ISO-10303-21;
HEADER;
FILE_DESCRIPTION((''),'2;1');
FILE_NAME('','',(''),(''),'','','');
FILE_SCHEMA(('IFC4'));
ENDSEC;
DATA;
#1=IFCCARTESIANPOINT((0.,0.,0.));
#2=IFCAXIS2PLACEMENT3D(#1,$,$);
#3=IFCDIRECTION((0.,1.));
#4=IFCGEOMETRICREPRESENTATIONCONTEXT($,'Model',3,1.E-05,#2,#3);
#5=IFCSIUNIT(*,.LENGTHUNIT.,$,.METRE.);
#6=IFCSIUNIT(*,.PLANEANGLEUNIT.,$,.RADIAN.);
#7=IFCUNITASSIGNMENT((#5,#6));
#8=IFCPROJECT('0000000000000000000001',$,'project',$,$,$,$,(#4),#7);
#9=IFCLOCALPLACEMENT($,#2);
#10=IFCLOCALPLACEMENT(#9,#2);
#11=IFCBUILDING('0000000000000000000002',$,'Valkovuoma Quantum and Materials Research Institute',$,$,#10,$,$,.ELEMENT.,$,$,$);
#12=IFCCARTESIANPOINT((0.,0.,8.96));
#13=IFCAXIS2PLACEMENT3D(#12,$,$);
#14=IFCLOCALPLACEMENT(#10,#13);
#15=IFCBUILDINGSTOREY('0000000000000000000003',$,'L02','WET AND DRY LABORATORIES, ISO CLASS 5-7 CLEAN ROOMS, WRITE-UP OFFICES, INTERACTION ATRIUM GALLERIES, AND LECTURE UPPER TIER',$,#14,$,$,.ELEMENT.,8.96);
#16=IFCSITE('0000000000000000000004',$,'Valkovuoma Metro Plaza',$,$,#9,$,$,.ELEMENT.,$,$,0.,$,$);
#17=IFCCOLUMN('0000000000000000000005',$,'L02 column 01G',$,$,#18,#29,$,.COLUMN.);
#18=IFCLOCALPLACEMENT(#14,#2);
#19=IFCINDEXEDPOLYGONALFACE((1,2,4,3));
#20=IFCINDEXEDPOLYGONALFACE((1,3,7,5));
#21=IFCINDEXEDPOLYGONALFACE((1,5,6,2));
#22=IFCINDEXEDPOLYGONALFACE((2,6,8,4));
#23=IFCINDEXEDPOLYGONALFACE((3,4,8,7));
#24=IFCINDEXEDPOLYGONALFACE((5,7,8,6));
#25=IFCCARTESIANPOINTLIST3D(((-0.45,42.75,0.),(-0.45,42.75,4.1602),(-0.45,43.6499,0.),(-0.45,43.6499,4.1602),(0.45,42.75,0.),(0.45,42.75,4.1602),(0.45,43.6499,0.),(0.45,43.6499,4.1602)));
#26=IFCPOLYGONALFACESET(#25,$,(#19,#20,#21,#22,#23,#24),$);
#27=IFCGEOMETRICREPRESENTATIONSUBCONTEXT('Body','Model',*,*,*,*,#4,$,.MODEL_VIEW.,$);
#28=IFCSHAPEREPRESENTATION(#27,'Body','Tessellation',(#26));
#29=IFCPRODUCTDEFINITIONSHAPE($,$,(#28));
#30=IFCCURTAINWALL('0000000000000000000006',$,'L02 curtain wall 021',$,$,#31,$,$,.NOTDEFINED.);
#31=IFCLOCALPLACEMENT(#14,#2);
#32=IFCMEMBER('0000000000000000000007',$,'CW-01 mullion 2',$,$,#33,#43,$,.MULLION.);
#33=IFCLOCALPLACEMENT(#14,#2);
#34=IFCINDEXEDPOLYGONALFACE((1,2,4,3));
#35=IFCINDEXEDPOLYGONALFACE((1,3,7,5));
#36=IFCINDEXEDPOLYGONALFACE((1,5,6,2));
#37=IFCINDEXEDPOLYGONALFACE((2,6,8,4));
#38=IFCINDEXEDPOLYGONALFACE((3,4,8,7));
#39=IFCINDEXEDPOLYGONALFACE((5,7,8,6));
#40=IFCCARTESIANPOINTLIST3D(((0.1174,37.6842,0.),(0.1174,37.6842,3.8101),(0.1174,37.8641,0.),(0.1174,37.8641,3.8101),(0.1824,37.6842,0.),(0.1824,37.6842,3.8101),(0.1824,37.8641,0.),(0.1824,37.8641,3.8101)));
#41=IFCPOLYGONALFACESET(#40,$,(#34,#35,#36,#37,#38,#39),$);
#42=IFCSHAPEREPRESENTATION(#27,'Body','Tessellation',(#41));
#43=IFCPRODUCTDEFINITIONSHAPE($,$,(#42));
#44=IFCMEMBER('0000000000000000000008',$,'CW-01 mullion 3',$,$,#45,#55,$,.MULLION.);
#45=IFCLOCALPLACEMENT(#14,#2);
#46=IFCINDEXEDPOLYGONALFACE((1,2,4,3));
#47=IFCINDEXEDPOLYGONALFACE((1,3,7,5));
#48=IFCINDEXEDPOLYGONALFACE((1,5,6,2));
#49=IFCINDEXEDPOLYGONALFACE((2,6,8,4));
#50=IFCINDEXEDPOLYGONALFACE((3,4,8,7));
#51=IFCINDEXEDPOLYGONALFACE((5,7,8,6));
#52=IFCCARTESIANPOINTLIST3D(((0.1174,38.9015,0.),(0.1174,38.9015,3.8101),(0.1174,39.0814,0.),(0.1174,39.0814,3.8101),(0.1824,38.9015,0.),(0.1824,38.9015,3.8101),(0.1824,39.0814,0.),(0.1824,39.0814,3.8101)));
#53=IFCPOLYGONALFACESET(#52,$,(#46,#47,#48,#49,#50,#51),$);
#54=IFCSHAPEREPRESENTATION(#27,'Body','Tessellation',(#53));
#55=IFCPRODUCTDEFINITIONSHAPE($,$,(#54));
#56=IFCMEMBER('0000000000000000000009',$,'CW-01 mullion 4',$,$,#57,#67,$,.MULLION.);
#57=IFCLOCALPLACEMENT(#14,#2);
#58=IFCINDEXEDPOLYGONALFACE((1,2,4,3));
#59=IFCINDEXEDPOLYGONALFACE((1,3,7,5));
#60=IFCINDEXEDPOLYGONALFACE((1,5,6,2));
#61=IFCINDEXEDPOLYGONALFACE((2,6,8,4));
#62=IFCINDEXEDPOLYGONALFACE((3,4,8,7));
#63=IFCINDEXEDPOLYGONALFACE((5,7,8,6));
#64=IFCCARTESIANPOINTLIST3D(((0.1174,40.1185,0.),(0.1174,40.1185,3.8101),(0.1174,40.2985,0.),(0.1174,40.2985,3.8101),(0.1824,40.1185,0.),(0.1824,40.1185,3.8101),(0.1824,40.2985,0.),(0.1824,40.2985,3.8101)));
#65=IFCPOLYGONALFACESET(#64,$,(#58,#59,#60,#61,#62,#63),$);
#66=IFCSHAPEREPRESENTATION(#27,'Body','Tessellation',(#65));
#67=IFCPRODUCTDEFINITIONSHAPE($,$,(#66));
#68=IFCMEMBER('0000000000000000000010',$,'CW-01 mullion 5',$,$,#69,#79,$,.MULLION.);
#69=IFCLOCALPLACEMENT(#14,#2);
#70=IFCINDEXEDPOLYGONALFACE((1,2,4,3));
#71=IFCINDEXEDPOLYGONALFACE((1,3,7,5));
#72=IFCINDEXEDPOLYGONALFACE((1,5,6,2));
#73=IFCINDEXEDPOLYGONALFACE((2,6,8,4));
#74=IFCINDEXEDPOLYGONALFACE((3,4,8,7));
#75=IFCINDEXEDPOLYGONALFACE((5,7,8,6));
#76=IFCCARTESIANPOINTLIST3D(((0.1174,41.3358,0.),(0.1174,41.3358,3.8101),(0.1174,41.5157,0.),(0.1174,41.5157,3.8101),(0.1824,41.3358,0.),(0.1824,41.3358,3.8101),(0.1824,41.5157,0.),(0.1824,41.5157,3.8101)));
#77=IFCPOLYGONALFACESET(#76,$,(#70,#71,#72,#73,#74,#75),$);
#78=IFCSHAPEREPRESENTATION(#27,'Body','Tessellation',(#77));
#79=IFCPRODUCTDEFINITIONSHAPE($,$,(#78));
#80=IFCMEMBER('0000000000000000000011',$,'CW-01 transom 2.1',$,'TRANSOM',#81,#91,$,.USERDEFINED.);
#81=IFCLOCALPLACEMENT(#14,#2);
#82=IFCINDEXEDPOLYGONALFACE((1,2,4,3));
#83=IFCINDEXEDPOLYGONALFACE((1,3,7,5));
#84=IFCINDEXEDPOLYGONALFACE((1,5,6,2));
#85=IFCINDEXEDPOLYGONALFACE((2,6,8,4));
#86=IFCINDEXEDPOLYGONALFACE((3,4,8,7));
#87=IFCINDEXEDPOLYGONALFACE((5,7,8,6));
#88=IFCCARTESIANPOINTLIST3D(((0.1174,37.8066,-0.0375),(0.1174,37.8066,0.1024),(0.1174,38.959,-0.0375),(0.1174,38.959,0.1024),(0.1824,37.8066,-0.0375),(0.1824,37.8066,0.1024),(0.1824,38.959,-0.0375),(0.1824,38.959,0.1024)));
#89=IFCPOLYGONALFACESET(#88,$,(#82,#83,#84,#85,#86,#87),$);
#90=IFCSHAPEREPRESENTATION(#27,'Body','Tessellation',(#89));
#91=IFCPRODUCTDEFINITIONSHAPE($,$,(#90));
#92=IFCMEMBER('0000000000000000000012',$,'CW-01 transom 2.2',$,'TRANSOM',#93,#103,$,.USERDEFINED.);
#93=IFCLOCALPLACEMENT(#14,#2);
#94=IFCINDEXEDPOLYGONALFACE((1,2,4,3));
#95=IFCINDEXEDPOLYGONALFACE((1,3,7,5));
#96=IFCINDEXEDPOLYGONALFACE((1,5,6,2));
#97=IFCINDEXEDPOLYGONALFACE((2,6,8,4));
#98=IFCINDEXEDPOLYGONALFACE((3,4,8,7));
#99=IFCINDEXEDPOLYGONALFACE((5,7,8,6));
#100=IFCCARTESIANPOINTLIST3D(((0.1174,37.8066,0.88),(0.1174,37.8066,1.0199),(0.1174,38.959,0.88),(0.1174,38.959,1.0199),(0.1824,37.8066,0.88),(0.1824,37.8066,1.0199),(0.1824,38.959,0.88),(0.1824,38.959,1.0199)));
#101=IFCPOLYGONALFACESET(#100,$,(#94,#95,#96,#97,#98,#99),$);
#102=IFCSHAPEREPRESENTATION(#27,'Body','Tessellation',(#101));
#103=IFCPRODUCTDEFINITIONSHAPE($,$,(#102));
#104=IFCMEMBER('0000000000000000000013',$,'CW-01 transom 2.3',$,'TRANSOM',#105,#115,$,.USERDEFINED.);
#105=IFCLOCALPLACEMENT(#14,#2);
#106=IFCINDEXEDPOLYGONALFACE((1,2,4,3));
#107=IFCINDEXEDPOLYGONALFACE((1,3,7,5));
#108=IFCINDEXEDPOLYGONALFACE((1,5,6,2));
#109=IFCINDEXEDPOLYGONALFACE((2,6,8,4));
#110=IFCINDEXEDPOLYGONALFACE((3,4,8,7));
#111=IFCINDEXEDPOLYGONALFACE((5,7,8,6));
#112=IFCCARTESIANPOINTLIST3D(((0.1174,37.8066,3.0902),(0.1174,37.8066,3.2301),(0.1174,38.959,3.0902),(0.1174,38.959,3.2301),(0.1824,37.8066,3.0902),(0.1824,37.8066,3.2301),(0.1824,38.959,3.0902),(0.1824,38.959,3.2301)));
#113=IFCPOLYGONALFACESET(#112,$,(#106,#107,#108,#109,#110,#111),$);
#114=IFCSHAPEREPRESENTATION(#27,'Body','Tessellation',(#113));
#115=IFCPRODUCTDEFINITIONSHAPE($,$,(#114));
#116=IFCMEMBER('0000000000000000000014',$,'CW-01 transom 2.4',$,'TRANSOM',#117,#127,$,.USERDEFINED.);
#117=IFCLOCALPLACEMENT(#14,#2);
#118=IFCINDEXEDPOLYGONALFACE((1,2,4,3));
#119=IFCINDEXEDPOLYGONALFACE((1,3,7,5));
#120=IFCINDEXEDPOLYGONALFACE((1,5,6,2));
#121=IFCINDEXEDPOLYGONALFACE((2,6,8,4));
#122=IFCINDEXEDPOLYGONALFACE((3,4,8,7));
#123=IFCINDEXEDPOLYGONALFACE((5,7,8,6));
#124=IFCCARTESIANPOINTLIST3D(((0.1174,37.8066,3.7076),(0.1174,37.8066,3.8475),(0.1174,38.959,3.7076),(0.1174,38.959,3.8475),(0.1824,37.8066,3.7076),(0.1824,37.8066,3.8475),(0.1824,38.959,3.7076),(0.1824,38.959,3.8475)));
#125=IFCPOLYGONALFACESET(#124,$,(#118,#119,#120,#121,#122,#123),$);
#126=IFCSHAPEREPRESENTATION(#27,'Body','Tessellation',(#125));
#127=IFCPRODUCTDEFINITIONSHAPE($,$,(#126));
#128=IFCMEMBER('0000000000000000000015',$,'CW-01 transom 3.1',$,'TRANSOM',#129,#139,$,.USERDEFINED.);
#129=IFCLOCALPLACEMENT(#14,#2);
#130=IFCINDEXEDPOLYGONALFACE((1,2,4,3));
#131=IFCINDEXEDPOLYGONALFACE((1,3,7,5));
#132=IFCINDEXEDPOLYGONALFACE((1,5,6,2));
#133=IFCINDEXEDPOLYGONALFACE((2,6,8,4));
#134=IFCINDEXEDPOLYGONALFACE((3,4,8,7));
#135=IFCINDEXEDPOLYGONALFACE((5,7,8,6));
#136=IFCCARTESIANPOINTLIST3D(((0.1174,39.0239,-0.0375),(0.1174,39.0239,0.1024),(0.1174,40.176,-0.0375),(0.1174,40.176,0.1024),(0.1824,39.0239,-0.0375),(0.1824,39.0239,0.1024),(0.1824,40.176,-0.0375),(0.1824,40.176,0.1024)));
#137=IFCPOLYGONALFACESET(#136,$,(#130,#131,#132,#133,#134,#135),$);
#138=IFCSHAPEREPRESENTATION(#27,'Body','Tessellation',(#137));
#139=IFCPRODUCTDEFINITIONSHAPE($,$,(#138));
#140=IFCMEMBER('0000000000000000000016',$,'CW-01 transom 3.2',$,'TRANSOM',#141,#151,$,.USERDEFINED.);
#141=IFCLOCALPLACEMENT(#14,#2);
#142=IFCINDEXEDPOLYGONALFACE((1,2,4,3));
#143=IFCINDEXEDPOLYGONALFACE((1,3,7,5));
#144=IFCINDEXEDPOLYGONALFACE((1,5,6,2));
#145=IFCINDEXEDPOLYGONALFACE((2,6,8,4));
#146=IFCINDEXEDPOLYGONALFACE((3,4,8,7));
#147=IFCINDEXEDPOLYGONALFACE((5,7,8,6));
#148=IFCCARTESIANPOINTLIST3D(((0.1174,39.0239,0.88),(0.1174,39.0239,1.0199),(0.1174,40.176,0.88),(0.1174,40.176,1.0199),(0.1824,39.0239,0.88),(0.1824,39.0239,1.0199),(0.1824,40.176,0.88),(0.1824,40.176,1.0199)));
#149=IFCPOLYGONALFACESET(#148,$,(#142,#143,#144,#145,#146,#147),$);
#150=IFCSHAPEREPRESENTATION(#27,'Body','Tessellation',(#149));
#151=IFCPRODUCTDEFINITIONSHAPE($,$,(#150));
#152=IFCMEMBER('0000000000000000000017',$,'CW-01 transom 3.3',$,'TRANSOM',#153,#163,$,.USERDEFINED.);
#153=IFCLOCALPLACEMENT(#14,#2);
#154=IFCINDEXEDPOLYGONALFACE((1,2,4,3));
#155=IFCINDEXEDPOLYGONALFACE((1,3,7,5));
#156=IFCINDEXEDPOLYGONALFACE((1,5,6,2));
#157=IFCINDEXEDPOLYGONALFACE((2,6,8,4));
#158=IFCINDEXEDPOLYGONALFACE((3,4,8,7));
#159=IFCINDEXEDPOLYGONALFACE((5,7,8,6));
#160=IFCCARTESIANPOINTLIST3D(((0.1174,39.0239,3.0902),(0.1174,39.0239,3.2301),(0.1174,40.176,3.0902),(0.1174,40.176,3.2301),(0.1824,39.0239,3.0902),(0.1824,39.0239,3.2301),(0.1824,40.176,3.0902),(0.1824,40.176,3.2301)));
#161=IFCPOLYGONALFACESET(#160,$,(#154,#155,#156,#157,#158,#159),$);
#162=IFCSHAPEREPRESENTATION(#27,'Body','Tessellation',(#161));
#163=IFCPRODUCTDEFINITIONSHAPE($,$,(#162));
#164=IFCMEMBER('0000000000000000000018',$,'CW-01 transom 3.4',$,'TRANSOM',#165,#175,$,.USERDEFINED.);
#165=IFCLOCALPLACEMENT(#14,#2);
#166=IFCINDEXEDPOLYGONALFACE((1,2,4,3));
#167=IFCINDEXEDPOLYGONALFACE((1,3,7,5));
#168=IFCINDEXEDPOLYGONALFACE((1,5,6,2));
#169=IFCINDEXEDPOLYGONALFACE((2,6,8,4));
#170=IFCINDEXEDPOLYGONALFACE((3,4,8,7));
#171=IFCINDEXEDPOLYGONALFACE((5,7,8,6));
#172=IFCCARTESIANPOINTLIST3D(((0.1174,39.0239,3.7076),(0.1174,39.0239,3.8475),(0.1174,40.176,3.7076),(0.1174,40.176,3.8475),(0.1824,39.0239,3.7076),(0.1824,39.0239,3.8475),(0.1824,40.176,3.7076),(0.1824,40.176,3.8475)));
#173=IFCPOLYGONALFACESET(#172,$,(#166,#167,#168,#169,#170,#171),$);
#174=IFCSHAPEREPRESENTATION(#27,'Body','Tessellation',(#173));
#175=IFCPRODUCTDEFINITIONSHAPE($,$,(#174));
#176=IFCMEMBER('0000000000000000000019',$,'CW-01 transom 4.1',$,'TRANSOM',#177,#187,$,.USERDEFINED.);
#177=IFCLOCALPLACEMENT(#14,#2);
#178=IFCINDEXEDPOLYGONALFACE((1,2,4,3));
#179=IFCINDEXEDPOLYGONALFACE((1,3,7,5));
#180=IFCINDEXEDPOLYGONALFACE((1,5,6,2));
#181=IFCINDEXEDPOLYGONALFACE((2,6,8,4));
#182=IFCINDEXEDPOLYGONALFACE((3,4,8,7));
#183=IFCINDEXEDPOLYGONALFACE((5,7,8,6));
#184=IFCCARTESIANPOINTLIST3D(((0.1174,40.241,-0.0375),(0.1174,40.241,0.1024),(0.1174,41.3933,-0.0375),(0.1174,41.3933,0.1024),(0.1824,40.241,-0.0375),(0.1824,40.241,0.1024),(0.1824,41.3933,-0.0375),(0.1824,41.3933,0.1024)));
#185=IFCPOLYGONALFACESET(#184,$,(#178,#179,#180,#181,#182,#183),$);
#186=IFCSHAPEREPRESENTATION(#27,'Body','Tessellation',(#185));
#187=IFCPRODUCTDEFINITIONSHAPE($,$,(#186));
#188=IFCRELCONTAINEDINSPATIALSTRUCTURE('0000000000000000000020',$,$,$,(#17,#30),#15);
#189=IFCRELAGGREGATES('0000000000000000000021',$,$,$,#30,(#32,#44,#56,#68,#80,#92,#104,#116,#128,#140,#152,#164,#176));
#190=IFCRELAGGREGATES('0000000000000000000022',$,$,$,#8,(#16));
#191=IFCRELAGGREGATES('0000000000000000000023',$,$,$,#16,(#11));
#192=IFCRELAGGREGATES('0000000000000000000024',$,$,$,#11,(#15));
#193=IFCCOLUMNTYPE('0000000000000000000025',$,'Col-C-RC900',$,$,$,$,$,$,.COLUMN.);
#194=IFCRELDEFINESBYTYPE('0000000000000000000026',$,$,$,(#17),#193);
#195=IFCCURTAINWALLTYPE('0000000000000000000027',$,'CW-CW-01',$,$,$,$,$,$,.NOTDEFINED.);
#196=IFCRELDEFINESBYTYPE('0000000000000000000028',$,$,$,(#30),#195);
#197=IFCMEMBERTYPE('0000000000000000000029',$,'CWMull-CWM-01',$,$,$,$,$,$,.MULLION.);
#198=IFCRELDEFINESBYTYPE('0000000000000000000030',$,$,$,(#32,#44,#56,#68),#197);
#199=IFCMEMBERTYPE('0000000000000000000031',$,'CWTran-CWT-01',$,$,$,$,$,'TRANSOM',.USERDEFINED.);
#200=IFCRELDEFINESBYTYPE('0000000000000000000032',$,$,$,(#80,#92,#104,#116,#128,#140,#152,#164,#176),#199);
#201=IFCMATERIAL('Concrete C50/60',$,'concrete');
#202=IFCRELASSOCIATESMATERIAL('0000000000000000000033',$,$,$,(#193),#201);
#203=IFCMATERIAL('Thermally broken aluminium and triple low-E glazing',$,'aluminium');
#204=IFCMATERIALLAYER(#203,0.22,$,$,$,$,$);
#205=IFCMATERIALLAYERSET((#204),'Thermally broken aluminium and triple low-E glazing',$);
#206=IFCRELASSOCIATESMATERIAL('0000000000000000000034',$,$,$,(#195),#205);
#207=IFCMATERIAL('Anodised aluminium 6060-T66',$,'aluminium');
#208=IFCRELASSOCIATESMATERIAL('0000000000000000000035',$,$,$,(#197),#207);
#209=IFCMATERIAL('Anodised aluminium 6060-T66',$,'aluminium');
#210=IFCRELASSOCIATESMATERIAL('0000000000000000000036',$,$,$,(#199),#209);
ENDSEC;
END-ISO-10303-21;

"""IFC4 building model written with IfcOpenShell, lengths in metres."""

from ifc_helpers import new_model, si_unit, direction, frame, origin, origin_2d, place, context, subcontext, project, spatial, rectangle, extrude, material, layer, layer_set, material_profile, profile_set, type_object, element, aggregate, save


model = new_model("IFC4")

# Units and contexts
model_context = context("Model", 3, precision=1e-05, world=origin(), true_north=direction((0.0, 1.0)))
body_context = subcontext(model_context, "Body", "Model", "MODEL_VIEW")
ifc_project = project(units=[si_unit("LENGTHUNIT", "METRE"), si_unit("PLANEANGLEUNIT", "RADIAN")], contexts=[model_context])

# Site, building, storey
site_placement = place(None, origin())
site = spatial("IfcSite", under=ifc_project, at=site_placement, Name="Valkovuoma Metro Plaza", CompositionType="ELEMENT", RefElevation=0.0)
building_placement = place(site_placement, origin())
building = spatial("IfcBuilding", under=site, at=building_placement, Name="Valkovuoma Quantum and Materials Research Institute", CompositionType="ELEMENT")
storey_placement = place(building_placement, frame((0.0, 0.0, 8.96)))
storey = spatial("IfcBuildingStorey", under=building, at=storey_placement, Name="L02", Description="WET AND DRY LABORATORIES, ISO CLASS 5-7 CLEAN ROOMS, WRITE-UP OFFICES, INTERACTION ATRIUM GALLERIES, AND LECTURE UPPER TIER", CompositionType="ELEMENT", Elevation=8.96)

# Column
ifc_material_1 = material(Name="Concrete C50/60", Category="concrete")
ifc_material_profile_1 = material_profile(ifc_material_1, rectangle(XDim=0.8999, YDim=0.8999, at=origin_2d()), Name="Concrete C50/60")
ifc_profile_set_1 = profile_set([ifc_material_profile_1], Name="Concrete C50/60")
column_type = type_object("IfcColumnType", Name="Col-C-RC900", PredefinedType="COLUMN", material=ifc_profile_set_1)
column_placement = place(storey_placement, frame((0.0, 43.2, 0.0), z_axis=(0.0, 0.0, 1.0), x_axis=(1.0, 0.0, 0.0)))
element("IfcColumn", 1, at=column_placement, inside=storey, type_object=column_type, Name="L02 column 01G", PredefinedType="COLUMN", context=body_context, shape_type="SweptSolid", body=[
    extrude(rectangle(XDim=0.8999, YDim=0.8999, at=origin_2d()), origin(), (0.0, 0.0, 1.0), 4.1602),
])

# Curtain wall, members
ifc_material_2 = material(Name="Thermally broken aluminium and triple low-E glazing", Category="aluminium")
ifc_layer_1 = layer(ifc_material_2, 0.22)
ifc_layer_set_1 = layer_set([ifc_layer_1], Name="Thermally broken aluminium and triple low-E glazing")
curtain_wall_type = type_object("IfcCurtainWallType", Name="CW-CW-01", PredefinedType="NOTDEFINED", material=ifc_layer_set_1)
curtain_wall_placement = place(storey_placement, origin())
curtain_wall = element("IfcCurtainWall", 2, at=curtain_wall_placement, inside=storey, type_object=curtain_wall_type, Name="L02 curtain wall 021", PredefinedType="NOTDEFINED")
ifc_material_3 = material(Name="Anodised aluminium 6060-T66", Category="aluminium")
ifc_material_profile_2 = material_profile(ifc_material_3, rectangle(XDim=0.0649, YDim=0.1799, at=origin_2d()), Name="Anodised aluminium 6060-T66")
ifc_profile_set_2 = profile_set([ifc_material_profile_2], Name="Anodised aluminium 6060-T66")
member_type_1 = type_object("IfcMemberType", Name="CWMull-CWM-01", PredefinedType="MULLION", material=ifc_profile_set_2)
member_1_placement = place(storey_placement, frame((0.1499, 37.7742, 0.0), z_axis=(0.0, 0.0, 1.0), x_axis=(-1.0, 0.0, 0.0)))
member_1 = element("IfcMember", 3, at=member_1_placement, type_object=member_type_1, Name="CW-01 mullion 2", PredefinedType="MULLION", context=body_context, shape_type="SweptSolid", body=[
    extrude(rectangle(XDim=0.0649, YDim=0.1799, at=origin_2d()), origin(), (0.0, 0.0, 1.0), 3.8101),
])
member_2_placement = place(storey_placement, frame((0.1499, 38.9915, 0.0), z_axis=(0.0, 0.0, 1.0), x_axis=(-1.0, 0.0, 0.0)))
member_2 = element("IfcMember", 4, at=member_2_placement, type_object=member_type_1, Name="CW-01 mullion 3", PredefinedType="MULLION", context=body_context, shape_type="SweptSolid", body=[
    extrude(rectangle(XDim=0.0649, YDim=0.1799, at=origin_2d()), origin(), (0.0, 0.0, 1.0), 3.8101),
])
member_3_placement = place(storey_placement, frame((0.1499, 40.2085, 0.0), z_axis=(0.0, 0.0, 1.0), x_axis=(-1.0, 0.0, 0.0)))
member_3 = element("IfcMember", 5, at=member_3_placement, type_object=member_type_1, Name="CW-01 mullion 4", PredefinedType="MULLION", context=body_context, shape_type="SweptSolid", body=[
    extrude(rectangle(XDim=0.0649, YDim=0.1799, at=origin_2d()), origin(), (0.0, 0.0, 1.0), 3.8101),
])
member_4_placement = place(storey_placement, frame((0.1499, 41.4258, 0.0), z_axis=(0.0, 0.0, 1.0), x_axis=(-1.0, 0.0, 0.0)))
member_4 = element("IfcMember", 6, at=member_4_placement, type_object=member_type_1, Name="CW-01 mullion 5", PredefinedType="MULLION", context=body_context, shape_type="SweptSolid", body=[
    extrude(rectangle(XDim=0.0649, YDim=0.1799, at=origin_2d()), origin(), (0.0, 0.0, 1.0), 3.8101),
])
ifc_material_4 = material(Name="Anodised aluminium 6060-T66", Category="aluminium")
ifc_material_profile_3 = material_profile(ifc_material_4, rectangle(XDim=0.0649, YDim=0.1399, at=origin_2d()), Name="Anodised aluminium 6060-T66")
ifc_profile_set_3 = profile_set([ifc_material_profile_3], Name="Anodised aluminium 6060-T66")
member_type_2 = type_object("IfcMemberType", Name="CWTran-CWT-01", ElementType="TRANSOM", PredefinedType="USERDEFINED", material=ifc_profile_set_3)
member_5_placement = place(storey_placement, frame((0.1499, 37.8066, 0.0325), z_axis=(0.0, 1.0, 0.0), x_axis=(-1.0, 0.0, 0.0)))
member_5 = element("IfcMember", 7, at=member_5_placement, type_object=member_type_2, Name="CW-01 transom 2.1", ObjectType="TRANSOM", PredefinedType="USERDEFINED", context=body_context, shape_type="SweptSolid", body=[
    extrude(rectangle(XDim=0.0649, YDim=0.1399, at=origin_2d()), origin(), (0.0, 0.0, 1.0), 1.1523),
])
member_6_placement = place(storey_placement, frame((0.1499, 37.8066, 0.95), z_axis=(0.0, 1.0, 0.0), x_axis=(-1.0, 0.0, 0.0)))
member_6 = element("IfcMember", 8, at=member_6_placement, type_object=member_type_2, Name="CW-01 transom 2.2", ObjectType="TRANSOM", PredefinedType="USERDEFINED", context=body_context, shape_type="SweptSolid", body=[
    extrude(rectangle(XDim=0.0649, YDim=0.1399, at=origin_2d()), origin(), (0.0, 0.0, 1.0), 1.1523),
])
member_7_placement = place(storey_placement, frame((0.1499, 37.8066, 3.1602), z_axis=(0.0, 1.0, 0.0), x_axis=(-1.0, 0.0, 0.0)))
member_7 = element("IfcMember", 9, at=member_7_placement, type_object=member_type_2, Name="CW-01 transom 2.3", ObjectType="TRANSOM", PredefinedType="USERDEFINED", context=body_context, shape_type="SweptSolid", body=[
    extrude(rectangle(XDim=0.0649, YDim=0.1399, at=origin_2d()), origin(), (0.0, 0.0, 1.0), 1.1523),
])
member_8_placement = place(storey_placement, frame((0.1499, 37.8066, 3.7776), z_axis=(0.0, 1.0, 0.0), x_axis=(-1.0, 0.0, 0.0)))
member_8 = element("IfcMember", 10, at=member_8_placement, type_object=member_type_2, Name="CW-01 transom 2.4", ObjectType="TRANSOM", PredefinedType="USERDEFINED", context=body_context, shape_type="SweptSolid", body=[
    extrude(rectangle(XDim=0.0649, YDim=0.1399, at=origin_2d()), origin(), (0.0, 0.0, 1.0), 1.1523),
])
member_9_placement = place(storey_placement, frame((0.1499, 39.0239, 0.0325), z_axis=(0.0, 1.0, 0.0), x_axis=(-1.0, 0.0, 0.0)))
member_9 = element("IfcMember", 11, at=member_9_placement, type_object=member_type_2, Name="CW-01 transom 3.1", ObjectType="TRANSOM", PredefinedType="USERDEFINED", context=body_context, shape_type="SweptSolid", body=[
    extrude(rectangle(XDim=0.0649, YDim=0.1399, at=origin_2d()), origin(), (0.0, 0.0, 1.0), 1.1521),
])
member_10_placement = place(storey_placement, frame((0.1499, 39.0239, 0.95), z_axis=(0.0, 1.0, 0.0), x_axis=(-1.0, 0.0, 0.0)))
member_10 = element("IfcMember", 12, at=member_10_placement, type_object=member_type_2, Name="CW-01 transom 3.2", ObjectType="TRANSOM", PredefinedType="USERDEFINED", context=body_context, shape_type="SweptSolid", body=[
    extrude(rectangle(XDim=0.0649, YDim=0.1399, at=origin_2d()), origin(), (0.0, 0.0, 1.0), 1.1521),
])
member_11_placement = place(storey_placement, frame((0.1499, 39.0239, 3.1602), z_axis=(0.0, 1.0, 0.0), x_axis=(-1.0, 0.0, 0.0)))
member_11 = element("IfcMember", 13, at=member_11_placement, type_object=member_type_2, Name="CW-01 transom 3.3", ObjectType="TRANSOM", PredefinedType="USERDEFINED", context=body_context, shape_type="SweptSolid", body=[
    extrude(rectangle(XDim=0.0649, YDim=0.1399, at=origin_2d()), origin(), (0.0, 0.0, 1.0), 1.1521),
])
member_12_placement = place(storey_placement, frame((0.1499, 39.0239, 3.7776), z_axis=(0.0, 1.0, 0.0), x_axis=(-1.0, 0.0, 0.0)))
member_12 = element("IfcMember", 14, at=member_12_placement, type_object=member_type_2, Name="CW-01 transom 3.4", ObjectType="TRANSOM", PredefinedType="USERDEFINED", context=body_context, shape_type="SweptSolid", body=[
    extrude(rectangle(XDim=0.0649, YDim=0.1399, at=origin_2d()), origin(), (0.0, 0.0, 1.0), 1.1521),
])
member_13_placement = place(storey_placement, frame((0.1499, 40.241, 0.0325), z_axis=(0.0, 1.0, 0.0), x_axis=(-1.0, 0.0, 0.0)))
member_13 = element("IfcMember", 15, at=member_13_placement, type_object=member_type_2, Name="CW-01 transom 4.1", ObjectType="TRANSOM", PredefinedType="USERDEFINED", context=body_context, shape_type="SweptSolid", body=[
    extrude(rectangle(XDim=0.0649, YDim=0.1399, at=origin_2d()), origin(), (0.0, 0.0, 1.0), 1.1523),
])
aggregate(curtain_wall, [member_1, member_2, member_3, member_4, member_5, member_6, member_7, member_8, member_9, member_10, member_11, member_12, member_13])

save(model, "model.ifc")
